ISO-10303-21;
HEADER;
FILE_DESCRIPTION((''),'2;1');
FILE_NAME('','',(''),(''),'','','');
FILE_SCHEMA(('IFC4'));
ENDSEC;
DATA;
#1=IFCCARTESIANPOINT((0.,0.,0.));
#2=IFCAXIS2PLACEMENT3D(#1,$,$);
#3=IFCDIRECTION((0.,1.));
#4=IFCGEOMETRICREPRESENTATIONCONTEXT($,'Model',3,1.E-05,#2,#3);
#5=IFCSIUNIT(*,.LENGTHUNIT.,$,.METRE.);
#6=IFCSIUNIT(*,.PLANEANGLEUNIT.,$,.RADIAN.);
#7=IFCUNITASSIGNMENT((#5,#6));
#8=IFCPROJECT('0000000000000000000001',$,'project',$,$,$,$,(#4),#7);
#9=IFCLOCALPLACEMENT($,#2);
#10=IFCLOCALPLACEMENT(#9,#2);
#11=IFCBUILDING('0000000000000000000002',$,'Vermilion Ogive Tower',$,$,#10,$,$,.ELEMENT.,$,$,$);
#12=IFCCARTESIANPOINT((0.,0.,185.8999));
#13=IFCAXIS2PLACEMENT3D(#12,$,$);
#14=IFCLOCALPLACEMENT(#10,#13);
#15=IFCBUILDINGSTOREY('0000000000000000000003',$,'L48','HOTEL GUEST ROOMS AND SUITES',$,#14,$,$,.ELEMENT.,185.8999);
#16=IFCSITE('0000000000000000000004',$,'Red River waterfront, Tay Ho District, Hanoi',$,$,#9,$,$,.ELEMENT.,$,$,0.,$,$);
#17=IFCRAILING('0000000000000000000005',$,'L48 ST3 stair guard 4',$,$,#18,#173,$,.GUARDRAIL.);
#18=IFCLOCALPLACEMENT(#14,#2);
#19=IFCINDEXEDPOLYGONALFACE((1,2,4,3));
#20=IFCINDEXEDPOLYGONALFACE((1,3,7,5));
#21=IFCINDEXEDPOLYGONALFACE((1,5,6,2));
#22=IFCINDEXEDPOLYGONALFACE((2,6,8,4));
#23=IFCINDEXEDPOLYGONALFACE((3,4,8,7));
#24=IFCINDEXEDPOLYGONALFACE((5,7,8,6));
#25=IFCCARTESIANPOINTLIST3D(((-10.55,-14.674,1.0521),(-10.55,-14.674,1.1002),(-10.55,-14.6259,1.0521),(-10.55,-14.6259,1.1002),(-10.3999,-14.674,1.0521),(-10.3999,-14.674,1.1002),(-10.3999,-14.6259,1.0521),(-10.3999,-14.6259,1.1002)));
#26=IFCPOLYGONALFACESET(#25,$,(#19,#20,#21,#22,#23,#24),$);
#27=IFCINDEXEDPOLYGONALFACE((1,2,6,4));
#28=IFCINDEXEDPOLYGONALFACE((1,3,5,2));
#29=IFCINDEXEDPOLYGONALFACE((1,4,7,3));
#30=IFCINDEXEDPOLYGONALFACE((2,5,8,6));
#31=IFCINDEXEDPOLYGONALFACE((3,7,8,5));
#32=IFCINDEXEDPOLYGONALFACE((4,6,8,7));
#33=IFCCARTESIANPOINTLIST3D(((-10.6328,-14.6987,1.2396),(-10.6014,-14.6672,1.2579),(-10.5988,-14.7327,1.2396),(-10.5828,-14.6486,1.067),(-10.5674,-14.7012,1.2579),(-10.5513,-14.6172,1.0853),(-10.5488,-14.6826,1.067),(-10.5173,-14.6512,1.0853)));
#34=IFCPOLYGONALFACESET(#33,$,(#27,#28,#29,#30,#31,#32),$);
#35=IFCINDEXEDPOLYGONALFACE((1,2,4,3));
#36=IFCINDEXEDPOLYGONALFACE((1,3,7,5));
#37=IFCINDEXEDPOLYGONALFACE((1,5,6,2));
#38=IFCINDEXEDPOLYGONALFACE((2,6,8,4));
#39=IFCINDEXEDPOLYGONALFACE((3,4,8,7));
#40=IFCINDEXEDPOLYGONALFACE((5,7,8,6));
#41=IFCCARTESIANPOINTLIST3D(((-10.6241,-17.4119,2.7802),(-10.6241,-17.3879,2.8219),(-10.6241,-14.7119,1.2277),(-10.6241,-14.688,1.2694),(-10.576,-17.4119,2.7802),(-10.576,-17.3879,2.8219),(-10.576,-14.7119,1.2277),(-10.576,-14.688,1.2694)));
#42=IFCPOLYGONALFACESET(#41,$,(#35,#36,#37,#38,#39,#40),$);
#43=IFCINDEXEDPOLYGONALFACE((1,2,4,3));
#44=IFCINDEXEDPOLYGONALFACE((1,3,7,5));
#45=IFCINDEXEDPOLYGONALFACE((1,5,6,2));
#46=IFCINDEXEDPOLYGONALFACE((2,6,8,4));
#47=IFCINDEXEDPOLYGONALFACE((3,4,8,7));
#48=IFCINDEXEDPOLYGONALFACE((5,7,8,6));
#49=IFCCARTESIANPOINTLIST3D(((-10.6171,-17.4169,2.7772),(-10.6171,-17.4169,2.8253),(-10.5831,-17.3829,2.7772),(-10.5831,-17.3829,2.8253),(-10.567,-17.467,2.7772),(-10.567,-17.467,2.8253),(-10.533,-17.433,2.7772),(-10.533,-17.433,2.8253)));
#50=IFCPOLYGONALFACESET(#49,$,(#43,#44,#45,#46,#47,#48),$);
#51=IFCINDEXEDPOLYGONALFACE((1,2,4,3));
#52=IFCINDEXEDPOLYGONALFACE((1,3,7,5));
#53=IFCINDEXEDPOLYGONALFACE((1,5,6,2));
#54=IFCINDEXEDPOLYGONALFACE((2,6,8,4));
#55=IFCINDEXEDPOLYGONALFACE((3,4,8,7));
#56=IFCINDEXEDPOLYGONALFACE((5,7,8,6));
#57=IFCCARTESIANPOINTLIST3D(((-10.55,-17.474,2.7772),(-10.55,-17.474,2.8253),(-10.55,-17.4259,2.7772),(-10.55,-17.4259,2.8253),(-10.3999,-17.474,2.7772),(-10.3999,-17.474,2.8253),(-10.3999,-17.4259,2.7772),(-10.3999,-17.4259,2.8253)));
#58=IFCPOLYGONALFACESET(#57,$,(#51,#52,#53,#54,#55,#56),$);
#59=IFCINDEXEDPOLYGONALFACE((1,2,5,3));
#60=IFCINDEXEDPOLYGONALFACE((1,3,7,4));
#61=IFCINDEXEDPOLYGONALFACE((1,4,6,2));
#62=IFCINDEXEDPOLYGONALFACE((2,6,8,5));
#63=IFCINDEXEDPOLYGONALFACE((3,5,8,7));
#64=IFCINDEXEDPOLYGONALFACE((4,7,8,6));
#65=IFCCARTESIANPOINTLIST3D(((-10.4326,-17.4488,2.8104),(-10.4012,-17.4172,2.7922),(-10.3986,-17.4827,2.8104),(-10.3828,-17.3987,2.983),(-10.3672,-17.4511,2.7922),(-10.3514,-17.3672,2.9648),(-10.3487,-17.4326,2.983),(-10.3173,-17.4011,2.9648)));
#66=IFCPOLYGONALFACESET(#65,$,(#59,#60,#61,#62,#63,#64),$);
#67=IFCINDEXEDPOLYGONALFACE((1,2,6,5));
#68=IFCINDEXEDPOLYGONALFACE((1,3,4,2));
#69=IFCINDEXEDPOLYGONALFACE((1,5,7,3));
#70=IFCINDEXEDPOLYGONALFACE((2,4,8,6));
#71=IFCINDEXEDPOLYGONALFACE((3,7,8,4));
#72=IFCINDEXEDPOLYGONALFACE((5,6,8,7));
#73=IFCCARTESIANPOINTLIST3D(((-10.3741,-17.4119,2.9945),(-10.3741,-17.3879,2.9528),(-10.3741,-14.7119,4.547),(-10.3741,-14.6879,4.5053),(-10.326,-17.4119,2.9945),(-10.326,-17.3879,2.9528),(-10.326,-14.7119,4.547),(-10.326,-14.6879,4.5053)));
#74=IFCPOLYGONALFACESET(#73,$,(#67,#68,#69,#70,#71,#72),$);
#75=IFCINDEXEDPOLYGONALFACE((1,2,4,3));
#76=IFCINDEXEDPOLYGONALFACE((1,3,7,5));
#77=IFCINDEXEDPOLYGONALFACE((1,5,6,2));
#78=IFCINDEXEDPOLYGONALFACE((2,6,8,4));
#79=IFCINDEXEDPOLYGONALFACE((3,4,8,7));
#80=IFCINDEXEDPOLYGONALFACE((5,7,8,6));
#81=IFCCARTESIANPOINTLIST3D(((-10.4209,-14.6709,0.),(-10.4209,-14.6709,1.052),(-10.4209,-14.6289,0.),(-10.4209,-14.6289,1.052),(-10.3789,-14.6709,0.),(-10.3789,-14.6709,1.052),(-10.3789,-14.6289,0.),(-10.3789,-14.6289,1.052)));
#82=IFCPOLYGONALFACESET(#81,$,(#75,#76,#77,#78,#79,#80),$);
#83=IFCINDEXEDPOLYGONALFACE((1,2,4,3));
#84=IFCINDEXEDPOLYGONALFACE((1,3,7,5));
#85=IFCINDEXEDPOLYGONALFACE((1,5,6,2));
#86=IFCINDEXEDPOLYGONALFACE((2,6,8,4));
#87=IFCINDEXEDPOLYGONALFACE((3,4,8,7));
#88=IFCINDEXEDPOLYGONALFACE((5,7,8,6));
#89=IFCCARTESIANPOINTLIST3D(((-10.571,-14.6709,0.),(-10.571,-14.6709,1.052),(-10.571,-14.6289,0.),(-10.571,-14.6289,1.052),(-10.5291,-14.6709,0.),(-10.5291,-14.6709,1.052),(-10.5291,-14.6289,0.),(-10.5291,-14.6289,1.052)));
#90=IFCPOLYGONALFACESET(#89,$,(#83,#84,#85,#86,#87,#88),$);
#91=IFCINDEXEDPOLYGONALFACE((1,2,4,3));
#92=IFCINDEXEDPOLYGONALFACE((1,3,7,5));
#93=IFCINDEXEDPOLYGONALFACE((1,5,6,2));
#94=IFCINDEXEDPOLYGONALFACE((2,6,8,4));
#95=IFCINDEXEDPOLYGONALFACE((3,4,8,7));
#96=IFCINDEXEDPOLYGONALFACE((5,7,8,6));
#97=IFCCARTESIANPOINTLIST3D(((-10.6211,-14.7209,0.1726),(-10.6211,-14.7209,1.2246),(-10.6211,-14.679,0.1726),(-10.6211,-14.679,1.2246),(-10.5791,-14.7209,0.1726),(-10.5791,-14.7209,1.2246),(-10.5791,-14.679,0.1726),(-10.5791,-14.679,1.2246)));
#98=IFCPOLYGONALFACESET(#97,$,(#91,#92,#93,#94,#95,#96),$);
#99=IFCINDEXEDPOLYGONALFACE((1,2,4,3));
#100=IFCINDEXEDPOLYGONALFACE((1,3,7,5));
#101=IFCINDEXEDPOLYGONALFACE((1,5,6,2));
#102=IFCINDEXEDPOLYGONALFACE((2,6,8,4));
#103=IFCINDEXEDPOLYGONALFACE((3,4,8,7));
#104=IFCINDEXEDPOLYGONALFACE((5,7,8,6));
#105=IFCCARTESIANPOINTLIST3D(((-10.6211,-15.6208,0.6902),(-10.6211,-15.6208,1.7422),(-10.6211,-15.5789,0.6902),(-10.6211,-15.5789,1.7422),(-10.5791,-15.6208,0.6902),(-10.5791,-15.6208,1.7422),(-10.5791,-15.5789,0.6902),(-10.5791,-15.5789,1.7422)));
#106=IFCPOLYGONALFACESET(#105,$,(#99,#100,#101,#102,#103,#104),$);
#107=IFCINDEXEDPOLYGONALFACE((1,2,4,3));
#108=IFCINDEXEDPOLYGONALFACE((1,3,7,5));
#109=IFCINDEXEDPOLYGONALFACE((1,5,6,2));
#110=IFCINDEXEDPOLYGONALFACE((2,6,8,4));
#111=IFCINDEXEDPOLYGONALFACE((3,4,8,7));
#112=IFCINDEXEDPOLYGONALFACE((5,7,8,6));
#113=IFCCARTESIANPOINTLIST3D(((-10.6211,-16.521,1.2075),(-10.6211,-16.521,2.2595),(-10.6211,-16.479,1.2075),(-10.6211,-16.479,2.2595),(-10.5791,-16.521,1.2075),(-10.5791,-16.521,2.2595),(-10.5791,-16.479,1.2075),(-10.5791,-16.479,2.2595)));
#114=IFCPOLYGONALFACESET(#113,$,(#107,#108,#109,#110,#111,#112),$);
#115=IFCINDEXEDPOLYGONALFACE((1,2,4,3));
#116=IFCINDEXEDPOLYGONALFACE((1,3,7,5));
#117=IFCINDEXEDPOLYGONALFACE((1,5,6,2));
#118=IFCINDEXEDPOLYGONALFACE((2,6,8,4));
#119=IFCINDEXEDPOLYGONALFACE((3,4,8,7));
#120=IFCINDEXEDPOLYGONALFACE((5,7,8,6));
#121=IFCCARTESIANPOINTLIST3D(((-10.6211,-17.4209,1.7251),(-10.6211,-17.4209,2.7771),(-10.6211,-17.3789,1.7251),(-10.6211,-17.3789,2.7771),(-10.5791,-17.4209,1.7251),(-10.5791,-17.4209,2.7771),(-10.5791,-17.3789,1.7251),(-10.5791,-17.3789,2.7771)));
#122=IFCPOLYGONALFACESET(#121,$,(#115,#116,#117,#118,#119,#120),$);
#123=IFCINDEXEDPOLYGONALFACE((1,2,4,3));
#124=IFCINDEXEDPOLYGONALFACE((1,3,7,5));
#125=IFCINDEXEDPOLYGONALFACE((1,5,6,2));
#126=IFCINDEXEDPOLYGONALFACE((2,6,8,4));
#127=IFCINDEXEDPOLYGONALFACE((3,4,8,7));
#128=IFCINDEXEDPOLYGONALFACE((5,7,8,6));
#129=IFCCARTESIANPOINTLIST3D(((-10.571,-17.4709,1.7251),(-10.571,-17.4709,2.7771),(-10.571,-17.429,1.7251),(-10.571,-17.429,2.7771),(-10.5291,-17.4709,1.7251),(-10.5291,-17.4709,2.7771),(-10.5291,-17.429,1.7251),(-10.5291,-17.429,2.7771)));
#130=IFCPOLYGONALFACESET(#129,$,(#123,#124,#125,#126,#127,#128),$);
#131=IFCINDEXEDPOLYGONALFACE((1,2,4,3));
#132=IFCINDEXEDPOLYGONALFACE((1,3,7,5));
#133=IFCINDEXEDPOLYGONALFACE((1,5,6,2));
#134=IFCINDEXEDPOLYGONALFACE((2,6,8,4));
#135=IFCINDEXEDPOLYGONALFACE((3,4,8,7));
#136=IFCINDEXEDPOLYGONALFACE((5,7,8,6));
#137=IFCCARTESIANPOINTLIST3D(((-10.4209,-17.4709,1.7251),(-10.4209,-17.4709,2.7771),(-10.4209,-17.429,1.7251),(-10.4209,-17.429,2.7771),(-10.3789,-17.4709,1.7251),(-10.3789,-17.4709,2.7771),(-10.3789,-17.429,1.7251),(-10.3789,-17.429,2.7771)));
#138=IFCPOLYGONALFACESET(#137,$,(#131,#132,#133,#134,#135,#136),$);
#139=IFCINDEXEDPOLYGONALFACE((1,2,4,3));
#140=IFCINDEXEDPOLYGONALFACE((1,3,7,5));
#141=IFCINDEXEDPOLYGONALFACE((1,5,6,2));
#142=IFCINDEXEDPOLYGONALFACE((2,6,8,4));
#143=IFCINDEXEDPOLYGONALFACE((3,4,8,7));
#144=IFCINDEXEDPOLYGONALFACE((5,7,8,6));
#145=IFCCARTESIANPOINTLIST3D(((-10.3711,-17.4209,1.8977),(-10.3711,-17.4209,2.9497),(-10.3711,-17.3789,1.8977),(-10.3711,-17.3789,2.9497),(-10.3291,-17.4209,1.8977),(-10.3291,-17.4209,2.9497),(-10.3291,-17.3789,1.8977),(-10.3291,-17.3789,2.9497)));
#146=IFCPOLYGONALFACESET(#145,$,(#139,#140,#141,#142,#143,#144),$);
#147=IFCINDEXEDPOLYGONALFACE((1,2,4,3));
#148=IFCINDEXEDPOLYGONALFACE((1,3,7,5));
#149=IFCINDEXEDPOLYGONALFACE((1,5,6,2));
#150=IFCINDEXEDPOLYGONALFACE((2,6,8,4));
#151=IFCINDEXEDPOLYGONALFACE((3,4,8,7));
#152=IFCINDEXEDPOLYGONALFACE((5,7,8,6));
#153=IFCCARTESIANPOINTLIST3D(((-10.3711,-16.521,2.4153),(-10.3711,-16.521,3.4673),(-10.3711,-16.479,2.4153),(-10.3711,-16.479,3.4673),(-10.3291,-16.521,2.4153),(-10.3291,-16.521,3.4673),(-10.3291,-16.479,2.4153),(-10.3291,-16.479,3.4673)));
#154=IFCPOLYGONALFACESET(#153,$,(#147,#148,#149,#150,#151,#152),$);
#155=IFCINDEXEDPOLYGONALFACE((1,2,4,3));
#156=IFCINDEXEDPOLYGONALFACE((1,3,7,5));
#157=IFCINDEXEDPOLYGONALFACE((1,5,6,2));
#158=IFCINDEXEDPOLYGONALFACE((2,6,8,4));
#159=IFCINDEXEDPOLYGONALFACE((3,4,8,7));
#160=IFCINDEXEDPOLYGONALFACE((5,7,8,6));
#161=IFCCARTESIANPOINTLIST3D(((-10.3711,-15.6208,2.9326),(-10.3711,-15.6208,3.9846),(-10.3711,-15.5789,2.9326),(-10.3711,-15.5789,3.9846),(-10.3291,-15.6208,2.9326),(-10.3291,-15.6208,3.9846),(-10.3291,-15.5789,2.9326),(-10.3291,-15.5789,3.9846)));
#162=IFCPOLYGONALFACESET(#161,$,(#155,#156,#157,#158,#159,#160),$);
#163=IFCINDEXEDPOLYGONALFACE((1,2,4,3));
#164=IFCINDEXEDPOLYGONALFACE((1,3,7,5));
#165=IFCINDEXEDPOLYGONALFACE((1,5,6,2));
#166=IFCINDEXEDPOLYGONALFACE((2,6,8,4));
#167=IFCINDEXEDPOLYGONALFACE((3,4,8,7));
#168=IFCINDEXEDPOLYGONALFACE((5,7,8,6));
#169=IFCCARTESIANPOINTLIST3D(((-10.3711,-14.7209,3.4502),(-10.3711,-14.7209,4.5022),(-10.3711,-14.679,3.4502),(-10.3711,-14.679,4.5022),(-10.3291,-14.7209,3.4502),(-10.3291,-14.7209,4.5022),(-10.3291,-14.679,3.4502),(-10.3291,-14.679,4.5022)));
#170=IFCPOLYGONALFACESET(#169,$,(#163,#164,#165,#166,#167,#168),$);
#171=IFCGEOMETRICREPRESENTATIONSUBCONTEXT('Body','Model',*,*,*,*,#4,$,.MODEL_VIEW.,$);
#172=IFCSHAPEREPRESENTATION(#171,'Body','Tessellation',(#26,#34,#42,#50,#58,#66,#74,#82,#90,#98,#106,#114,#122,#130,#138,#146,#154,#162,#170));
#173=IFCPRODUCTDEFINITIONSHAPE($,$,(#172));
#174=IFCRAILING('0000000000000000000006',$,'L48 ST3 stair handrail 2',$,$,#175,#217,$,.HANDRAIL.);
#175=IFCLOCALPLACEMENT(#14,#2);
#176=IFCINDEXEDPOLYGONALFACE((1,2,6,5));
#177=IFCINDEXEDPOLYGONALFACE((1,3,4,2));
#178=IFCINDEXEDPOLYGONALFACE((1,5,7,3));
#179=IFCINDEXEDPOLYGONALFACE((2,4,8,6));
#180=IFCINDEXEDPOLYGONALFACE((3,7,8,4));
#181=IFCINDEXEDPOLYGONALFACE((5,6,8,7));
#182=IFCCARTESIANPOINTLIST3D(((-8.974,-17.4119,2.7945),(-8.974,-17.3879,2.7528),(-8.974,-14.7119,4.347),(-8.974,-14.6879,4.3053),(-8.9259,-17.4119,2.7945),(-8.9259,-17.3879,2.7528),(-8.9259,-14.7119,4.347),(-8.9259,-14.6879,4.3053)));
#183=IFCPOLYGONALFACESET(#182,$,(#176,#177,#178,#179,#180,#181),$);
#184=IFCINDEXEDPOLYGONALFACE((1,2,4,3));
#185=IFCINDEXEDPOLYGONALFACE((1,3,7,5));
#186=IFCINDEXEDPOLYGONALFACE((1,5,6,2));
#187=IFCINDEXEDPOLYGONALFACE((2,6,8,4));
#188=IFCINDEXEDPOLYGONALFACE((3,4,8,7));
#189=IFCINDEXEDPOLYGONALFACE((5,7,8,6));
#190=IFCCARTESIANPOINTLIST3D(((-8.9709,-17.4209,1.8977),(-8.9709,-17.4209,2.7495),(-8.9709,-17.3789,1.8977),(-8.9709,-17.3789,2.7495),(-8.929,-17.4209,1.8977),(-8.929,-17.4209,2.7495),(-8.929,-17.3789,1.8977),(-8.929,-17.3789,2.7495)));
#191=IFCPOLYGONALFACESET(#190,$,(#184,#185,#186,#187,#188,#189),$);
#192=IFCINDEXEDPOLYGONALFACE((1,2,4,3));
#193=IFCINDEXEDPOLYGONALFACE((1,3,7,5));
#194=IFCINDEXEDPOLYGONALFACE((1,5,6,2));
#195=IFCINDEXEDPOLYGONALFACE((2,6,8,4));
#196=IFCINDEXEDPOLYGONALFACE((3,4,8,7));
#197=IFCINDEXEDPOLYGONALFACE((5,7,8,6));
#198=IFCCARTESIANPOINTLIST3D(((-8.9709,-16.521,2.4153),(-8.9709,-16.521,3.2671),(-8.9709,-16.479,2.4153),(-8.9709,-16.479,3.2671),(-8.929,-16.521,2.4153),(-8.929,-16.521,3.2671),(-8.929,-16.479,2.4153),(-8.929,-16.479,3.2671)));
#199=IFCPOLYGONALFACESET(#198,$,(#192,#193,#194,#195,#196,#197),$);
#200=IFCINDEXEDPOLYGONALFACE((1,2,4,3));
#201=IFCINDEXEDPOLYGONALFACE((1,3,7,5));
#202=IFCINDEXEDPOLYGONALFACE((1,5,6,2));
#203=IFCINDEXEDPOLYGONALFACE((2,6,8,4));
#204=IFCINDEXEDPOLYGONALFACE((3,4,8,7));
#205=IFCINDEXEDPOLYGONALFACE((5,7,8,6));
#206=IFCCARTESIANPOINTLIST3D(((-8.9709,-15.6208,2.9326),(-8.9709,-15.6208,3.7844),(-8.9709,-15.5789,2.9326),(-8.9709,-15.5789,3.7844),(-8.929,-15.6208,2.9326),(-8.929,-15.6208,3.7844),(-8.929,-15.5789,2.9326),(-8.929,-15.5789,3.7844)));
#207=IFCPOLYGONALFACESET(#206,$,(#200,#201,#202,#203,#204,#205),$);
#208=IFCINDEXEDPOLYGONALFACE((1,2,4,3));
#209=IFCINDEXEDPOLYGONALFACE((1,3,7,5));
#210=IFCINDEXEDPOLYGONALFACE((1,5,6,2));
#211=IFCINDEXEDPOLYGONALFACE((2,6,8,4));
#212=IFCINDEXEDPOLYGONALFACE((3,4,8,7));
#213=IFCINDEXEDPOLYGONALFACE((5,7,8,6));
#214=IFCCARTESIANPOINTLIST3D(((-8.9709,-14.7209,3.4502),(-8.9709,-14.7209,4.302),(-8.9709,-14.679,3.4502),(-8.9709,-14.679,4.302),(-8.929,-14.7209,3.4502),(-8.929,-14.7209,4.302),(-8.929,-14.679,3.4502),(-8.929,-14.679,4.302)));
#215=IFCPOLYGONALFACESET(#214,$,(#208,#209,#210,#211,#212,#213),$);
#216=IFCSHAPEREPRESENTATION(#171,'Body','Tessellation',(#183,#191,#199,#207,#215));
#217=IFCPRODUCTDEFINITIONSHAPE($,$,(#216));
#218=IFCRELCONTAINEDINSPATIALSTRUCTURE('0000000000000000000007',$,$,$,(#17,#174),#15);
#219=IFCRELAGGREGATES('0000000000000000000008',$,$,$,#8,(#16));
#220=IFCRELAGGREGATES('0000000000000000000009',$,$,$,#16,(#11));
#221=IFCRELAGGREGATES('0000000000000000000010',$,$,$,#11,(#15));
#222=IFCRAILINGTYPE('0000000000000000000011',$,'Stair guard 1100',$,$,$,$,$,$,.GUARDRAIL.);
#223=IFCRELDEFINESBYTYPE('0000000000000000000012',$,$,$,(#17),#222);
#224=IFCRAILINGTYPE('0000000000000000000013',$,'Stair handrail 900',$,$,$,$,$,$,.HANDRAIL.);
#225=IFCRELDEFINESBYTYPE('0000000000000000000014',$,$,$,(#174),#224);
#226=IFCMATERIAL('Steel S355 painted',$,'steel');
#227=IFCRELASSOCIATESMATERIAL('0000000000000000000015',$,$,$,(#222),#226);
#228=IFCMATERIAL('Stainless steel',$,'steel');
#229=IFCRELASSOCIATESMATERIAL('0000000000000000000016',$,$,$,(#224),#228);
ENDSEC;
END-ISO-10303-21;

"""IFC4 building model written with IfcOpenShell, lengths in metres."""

from ifc_helpers import new_model, si_unit, direction, frame, origin, origin_2d, place, context, subcontext, project, spatial, rectangle, extrude, material, type_object, element, save


model = new_model("IFC4")

# Units and contexts
model_context = context("Model", 3, precision=1e-05, world=origin(), true_north=direction((0.0, 1.0)))
body_context = subcontext(model_context, "Body", "Model", "MODEL_VIEW")
ifc_project = project(units=[si_unit("LENGTHUNIT", "METRE"), si_unit("PLANEANGLEUNIT", "RADIAN")], contexts=[model_context])

# Site, building, storey
site_placement = place(None, origin())
site = spatial("IfcSite", under=ifc_project, at=site_placement, Name="Red River waterfront, Tay Ho District, Hanoi", CompositionType="ELEMENT", RefElevation=0.0)
building_placement = place(site_placement, origin())
building = spatial("IfcBuilding", under=site, at=building_placement, Name="Vermilion Ogive Tower", CompositionType="ELEMENT")
storey_placement = place(building_placement, frame((0.0, 0.0, 185.8999)))
storey = spatial("IfcBuildingStorey", under=building, at=storey_placement, Name="L48", Description="HOTEL GUEST ROOMS AND SUITES", CompositionType="ELEMENT", Elevation=185.8999)

# Railings
ifc_material_1 = material(Name="Steel S355 painted", Category="steel")
railing_type_1 = type_object("IfcRailingType", Name="Stair guard 1100", PredefinedType="GUARDRAIL", material=ifc_material_1)
railing_1_placement = place(storey_placement, frame((-10.3999, -14.6499, 0.0)))
element("IfcRailing", 1, at=railing_1_placement, inside=storey, type_object=railing_type_1, Name="L48 ST3 stair guard 4", PredefinedType="GUARDRAIL", context=body_context, shape_type="SweptSolid", body=[
    extrude(rectangle(XDim=0.0481, YDim=0.0481, at=origin_2d()), frame((0.0, 0.0, 1.0762), z_axis=(-1.0, 0.0, 0.0), x_axis=(0.0, -1.0, 0.0)), (0.0, 0.0, 1.0), 0.1501),
    extrude(rectangle(XDim=0.0481, YDim=0.0481, at=origin_2d()), frame((-0.1501, 0.0, 1.0762), z_axis=(-0.268278, -0.268278, 0.925232), x_axis=(0.707107, -0.707107, 0.0)), (0.0, 0.0, 1.0), 0.1865),
    extrude(rectangle(XDim=0.0481, YDim=0.0481, at=origin_2d()), frame((-0.2002, -0.05, 1.2485), z_axis=(0.0, -0.866904, 0.498476), x_axis=(1.0, 0.0, 0.0)), (0.0, 0.0, 1.0), 3.1145),
    extrude(rectangle(XDim=0.0481, YDim=0.0481, at=origin_2d()), frame((-0.2002, -2.75, 2.8013), z_axis=(0.707107, -0.707107, 0.0), x_axis=(0.707107, 0.707107, 0.0)), (0.0, 0.0, 1.0), 0.0708),
    extrude(rectangle(XDim=0.0481, YDim=0.0481, at=origin_2d()), frame((-0.1501, -2.8, 2.8013), z_axis=(1.0, 0.0, 0.0), x_axis=(0.0, 1.0, 0.0)), (0.0, 0.0, 1.0), 0.1501),
    extrude(rectangle(XDim=0.0481, YDim=0.0481, at=origin_2d()), frame((0.0, -2.8, 2.8013), z_axis=(0.267063, 0.268372, 0.925556), x_axis=(-0.708834, 0.705376, 0.0)), (0.0, 0.0, 1.0), 0.1865),
    extrude(rectangle(XDim=0.0481, YDim=0.0481, at=origin_2d()), frame((0.0498, -2.75, 2.9736), z_axis=(0.0, 0.866904, 0.498476), x_axis=(-1.0, 0.0, 0.0)), (0.0, 0.0, 1.0), 3.1145),
    extrude(rectangle(XDim=0.042, YDim=0.042, at=origin_2d()), origin(), (0.0, 0.0, 1.0), 1.052),
    extrude(rectangle(XDim=0.042, YDim=0.042, at=origin_2d()), frame((-0.1501, 0.0, 0.0)), (0.0, 0.0, 1.0), 1.052),
    extrude(rectangle(XDim=0.042, YDim=0.042, at=origin_2d()), frame((-0.2002, -0.05, 0.1726)), (0.0, 0.0, 1.0), 1.052),
    extrude(rectangle(XDim=0.042, YDim=0.042, at=origin_2d()), frame((-0.2002, -0.95, 0.6902)), (0.0, 0.0, 1.0), 1.052),
    extrude(rectangle(XDim=0.042, YDim=0.042, at=origin_2d()), frame((-0.2002, -1.8501, 1.2075)), (0.0, 0.0, 1.0), 1.052),
    extrude(rectangle(XDim=0.042, YDim=0.042, at=origin_2d()), frame((-0.2002, -2.75, 1.7251)), (0.0, 0.0, 1.0), 1.052),
    extrude(rectangle(XDim=0.042, YDim=0.042, at=origin_2d()), frame((-0.1501, -2.8, 1.7251)), (0.0, 0.0, 1.0), 1.052),
    extrude(rectangle(XDim=0.042, YDim=0.042, at=origin_2d()), frame((0.0, -2.8, 1.7251)), (0.0, 0.0, 1.0), 1.052),
    extrude(rectangle(XDim=0.042, YDim=0.042, at=origin_2d()), frame((0.0498, -2.75, 1.8977)), (0.0, 0.0, 1.0), 1.052),
    extrude(rectangle(XDim=0.042, YDim=0.042, at=origin_2d()), frame((0.0498, -1.8501, 2.4153)), (0.0, 0.0, 1.0), 1.052),
    extrude(rectangle(XDim=0.042, YDim=0.042, at=origin_2d()), frame((0.0498, -0.95, 2.9326)), (0.0, 0.0, 1.0), 1.052),
    extrude(rectangle(XDim=0.042, YDim=0.042, at=origin_2d()), frame((0.0498, -0.05, 3.4502)), (0.0, 0.0, 1.0), 1.052),
])
ifc_material_2 = material(Name="Stainless steel", Category="steel")
railing_type_2 = type_object("IfcRailingType", Name="Stair handrail 900", PredefinedType="HANDRAIL", material=ifc_material_2)
railing_2_placement = place(storey_placement, frame((-8.95, -17.3999, 1.8977)))
element("IfcRailing", 2, at=railing_2_placement, inside=storey, type_object=railing_type_2, Name="L48 ST3 stair handrail 2", PredefinedType="HANDRAIL", context=body_context, shape_type="SweptSolid", body=[
    extrude(rectangle(XDim=0.0481, YDim=0.0481, at=origin_2d()), frame((0.0, 0.0, 0.876), z_axis=(0.0, 0.866904, 0.498476), x_axis=(-1.0, 0.0, 0.0)), (0.0, 0.0, 1.0), 3.1145),
    extrude(rectangle(XDim=0.042, YDim=0.042, at=origin_2d()), origin(), (0.0, 0.0, 1.0), 0.8518),
    extrude(rectangle(XDim=0.042, YDim=0.042, at=origin_2d()), frame((0.0, 0.8999, 0.5176)), (0.0, 0.0, 1.0), 0.8518),
    extrude(rectangle(XDim=0.042, YDim=0.042, at=origin_2d()), frame((0.0, 1.8, 1.0349)), (0.0, 0.0, 1.0), 0.8518),
    extrude(rectangle(XDim=0.042, YDim=0.042, at=origin_2d()), frame((0.0, 2.7, 1.5525)), (0.0, 0.0, 1.0), 0.8518),
])

save(model, "model.ifc")
